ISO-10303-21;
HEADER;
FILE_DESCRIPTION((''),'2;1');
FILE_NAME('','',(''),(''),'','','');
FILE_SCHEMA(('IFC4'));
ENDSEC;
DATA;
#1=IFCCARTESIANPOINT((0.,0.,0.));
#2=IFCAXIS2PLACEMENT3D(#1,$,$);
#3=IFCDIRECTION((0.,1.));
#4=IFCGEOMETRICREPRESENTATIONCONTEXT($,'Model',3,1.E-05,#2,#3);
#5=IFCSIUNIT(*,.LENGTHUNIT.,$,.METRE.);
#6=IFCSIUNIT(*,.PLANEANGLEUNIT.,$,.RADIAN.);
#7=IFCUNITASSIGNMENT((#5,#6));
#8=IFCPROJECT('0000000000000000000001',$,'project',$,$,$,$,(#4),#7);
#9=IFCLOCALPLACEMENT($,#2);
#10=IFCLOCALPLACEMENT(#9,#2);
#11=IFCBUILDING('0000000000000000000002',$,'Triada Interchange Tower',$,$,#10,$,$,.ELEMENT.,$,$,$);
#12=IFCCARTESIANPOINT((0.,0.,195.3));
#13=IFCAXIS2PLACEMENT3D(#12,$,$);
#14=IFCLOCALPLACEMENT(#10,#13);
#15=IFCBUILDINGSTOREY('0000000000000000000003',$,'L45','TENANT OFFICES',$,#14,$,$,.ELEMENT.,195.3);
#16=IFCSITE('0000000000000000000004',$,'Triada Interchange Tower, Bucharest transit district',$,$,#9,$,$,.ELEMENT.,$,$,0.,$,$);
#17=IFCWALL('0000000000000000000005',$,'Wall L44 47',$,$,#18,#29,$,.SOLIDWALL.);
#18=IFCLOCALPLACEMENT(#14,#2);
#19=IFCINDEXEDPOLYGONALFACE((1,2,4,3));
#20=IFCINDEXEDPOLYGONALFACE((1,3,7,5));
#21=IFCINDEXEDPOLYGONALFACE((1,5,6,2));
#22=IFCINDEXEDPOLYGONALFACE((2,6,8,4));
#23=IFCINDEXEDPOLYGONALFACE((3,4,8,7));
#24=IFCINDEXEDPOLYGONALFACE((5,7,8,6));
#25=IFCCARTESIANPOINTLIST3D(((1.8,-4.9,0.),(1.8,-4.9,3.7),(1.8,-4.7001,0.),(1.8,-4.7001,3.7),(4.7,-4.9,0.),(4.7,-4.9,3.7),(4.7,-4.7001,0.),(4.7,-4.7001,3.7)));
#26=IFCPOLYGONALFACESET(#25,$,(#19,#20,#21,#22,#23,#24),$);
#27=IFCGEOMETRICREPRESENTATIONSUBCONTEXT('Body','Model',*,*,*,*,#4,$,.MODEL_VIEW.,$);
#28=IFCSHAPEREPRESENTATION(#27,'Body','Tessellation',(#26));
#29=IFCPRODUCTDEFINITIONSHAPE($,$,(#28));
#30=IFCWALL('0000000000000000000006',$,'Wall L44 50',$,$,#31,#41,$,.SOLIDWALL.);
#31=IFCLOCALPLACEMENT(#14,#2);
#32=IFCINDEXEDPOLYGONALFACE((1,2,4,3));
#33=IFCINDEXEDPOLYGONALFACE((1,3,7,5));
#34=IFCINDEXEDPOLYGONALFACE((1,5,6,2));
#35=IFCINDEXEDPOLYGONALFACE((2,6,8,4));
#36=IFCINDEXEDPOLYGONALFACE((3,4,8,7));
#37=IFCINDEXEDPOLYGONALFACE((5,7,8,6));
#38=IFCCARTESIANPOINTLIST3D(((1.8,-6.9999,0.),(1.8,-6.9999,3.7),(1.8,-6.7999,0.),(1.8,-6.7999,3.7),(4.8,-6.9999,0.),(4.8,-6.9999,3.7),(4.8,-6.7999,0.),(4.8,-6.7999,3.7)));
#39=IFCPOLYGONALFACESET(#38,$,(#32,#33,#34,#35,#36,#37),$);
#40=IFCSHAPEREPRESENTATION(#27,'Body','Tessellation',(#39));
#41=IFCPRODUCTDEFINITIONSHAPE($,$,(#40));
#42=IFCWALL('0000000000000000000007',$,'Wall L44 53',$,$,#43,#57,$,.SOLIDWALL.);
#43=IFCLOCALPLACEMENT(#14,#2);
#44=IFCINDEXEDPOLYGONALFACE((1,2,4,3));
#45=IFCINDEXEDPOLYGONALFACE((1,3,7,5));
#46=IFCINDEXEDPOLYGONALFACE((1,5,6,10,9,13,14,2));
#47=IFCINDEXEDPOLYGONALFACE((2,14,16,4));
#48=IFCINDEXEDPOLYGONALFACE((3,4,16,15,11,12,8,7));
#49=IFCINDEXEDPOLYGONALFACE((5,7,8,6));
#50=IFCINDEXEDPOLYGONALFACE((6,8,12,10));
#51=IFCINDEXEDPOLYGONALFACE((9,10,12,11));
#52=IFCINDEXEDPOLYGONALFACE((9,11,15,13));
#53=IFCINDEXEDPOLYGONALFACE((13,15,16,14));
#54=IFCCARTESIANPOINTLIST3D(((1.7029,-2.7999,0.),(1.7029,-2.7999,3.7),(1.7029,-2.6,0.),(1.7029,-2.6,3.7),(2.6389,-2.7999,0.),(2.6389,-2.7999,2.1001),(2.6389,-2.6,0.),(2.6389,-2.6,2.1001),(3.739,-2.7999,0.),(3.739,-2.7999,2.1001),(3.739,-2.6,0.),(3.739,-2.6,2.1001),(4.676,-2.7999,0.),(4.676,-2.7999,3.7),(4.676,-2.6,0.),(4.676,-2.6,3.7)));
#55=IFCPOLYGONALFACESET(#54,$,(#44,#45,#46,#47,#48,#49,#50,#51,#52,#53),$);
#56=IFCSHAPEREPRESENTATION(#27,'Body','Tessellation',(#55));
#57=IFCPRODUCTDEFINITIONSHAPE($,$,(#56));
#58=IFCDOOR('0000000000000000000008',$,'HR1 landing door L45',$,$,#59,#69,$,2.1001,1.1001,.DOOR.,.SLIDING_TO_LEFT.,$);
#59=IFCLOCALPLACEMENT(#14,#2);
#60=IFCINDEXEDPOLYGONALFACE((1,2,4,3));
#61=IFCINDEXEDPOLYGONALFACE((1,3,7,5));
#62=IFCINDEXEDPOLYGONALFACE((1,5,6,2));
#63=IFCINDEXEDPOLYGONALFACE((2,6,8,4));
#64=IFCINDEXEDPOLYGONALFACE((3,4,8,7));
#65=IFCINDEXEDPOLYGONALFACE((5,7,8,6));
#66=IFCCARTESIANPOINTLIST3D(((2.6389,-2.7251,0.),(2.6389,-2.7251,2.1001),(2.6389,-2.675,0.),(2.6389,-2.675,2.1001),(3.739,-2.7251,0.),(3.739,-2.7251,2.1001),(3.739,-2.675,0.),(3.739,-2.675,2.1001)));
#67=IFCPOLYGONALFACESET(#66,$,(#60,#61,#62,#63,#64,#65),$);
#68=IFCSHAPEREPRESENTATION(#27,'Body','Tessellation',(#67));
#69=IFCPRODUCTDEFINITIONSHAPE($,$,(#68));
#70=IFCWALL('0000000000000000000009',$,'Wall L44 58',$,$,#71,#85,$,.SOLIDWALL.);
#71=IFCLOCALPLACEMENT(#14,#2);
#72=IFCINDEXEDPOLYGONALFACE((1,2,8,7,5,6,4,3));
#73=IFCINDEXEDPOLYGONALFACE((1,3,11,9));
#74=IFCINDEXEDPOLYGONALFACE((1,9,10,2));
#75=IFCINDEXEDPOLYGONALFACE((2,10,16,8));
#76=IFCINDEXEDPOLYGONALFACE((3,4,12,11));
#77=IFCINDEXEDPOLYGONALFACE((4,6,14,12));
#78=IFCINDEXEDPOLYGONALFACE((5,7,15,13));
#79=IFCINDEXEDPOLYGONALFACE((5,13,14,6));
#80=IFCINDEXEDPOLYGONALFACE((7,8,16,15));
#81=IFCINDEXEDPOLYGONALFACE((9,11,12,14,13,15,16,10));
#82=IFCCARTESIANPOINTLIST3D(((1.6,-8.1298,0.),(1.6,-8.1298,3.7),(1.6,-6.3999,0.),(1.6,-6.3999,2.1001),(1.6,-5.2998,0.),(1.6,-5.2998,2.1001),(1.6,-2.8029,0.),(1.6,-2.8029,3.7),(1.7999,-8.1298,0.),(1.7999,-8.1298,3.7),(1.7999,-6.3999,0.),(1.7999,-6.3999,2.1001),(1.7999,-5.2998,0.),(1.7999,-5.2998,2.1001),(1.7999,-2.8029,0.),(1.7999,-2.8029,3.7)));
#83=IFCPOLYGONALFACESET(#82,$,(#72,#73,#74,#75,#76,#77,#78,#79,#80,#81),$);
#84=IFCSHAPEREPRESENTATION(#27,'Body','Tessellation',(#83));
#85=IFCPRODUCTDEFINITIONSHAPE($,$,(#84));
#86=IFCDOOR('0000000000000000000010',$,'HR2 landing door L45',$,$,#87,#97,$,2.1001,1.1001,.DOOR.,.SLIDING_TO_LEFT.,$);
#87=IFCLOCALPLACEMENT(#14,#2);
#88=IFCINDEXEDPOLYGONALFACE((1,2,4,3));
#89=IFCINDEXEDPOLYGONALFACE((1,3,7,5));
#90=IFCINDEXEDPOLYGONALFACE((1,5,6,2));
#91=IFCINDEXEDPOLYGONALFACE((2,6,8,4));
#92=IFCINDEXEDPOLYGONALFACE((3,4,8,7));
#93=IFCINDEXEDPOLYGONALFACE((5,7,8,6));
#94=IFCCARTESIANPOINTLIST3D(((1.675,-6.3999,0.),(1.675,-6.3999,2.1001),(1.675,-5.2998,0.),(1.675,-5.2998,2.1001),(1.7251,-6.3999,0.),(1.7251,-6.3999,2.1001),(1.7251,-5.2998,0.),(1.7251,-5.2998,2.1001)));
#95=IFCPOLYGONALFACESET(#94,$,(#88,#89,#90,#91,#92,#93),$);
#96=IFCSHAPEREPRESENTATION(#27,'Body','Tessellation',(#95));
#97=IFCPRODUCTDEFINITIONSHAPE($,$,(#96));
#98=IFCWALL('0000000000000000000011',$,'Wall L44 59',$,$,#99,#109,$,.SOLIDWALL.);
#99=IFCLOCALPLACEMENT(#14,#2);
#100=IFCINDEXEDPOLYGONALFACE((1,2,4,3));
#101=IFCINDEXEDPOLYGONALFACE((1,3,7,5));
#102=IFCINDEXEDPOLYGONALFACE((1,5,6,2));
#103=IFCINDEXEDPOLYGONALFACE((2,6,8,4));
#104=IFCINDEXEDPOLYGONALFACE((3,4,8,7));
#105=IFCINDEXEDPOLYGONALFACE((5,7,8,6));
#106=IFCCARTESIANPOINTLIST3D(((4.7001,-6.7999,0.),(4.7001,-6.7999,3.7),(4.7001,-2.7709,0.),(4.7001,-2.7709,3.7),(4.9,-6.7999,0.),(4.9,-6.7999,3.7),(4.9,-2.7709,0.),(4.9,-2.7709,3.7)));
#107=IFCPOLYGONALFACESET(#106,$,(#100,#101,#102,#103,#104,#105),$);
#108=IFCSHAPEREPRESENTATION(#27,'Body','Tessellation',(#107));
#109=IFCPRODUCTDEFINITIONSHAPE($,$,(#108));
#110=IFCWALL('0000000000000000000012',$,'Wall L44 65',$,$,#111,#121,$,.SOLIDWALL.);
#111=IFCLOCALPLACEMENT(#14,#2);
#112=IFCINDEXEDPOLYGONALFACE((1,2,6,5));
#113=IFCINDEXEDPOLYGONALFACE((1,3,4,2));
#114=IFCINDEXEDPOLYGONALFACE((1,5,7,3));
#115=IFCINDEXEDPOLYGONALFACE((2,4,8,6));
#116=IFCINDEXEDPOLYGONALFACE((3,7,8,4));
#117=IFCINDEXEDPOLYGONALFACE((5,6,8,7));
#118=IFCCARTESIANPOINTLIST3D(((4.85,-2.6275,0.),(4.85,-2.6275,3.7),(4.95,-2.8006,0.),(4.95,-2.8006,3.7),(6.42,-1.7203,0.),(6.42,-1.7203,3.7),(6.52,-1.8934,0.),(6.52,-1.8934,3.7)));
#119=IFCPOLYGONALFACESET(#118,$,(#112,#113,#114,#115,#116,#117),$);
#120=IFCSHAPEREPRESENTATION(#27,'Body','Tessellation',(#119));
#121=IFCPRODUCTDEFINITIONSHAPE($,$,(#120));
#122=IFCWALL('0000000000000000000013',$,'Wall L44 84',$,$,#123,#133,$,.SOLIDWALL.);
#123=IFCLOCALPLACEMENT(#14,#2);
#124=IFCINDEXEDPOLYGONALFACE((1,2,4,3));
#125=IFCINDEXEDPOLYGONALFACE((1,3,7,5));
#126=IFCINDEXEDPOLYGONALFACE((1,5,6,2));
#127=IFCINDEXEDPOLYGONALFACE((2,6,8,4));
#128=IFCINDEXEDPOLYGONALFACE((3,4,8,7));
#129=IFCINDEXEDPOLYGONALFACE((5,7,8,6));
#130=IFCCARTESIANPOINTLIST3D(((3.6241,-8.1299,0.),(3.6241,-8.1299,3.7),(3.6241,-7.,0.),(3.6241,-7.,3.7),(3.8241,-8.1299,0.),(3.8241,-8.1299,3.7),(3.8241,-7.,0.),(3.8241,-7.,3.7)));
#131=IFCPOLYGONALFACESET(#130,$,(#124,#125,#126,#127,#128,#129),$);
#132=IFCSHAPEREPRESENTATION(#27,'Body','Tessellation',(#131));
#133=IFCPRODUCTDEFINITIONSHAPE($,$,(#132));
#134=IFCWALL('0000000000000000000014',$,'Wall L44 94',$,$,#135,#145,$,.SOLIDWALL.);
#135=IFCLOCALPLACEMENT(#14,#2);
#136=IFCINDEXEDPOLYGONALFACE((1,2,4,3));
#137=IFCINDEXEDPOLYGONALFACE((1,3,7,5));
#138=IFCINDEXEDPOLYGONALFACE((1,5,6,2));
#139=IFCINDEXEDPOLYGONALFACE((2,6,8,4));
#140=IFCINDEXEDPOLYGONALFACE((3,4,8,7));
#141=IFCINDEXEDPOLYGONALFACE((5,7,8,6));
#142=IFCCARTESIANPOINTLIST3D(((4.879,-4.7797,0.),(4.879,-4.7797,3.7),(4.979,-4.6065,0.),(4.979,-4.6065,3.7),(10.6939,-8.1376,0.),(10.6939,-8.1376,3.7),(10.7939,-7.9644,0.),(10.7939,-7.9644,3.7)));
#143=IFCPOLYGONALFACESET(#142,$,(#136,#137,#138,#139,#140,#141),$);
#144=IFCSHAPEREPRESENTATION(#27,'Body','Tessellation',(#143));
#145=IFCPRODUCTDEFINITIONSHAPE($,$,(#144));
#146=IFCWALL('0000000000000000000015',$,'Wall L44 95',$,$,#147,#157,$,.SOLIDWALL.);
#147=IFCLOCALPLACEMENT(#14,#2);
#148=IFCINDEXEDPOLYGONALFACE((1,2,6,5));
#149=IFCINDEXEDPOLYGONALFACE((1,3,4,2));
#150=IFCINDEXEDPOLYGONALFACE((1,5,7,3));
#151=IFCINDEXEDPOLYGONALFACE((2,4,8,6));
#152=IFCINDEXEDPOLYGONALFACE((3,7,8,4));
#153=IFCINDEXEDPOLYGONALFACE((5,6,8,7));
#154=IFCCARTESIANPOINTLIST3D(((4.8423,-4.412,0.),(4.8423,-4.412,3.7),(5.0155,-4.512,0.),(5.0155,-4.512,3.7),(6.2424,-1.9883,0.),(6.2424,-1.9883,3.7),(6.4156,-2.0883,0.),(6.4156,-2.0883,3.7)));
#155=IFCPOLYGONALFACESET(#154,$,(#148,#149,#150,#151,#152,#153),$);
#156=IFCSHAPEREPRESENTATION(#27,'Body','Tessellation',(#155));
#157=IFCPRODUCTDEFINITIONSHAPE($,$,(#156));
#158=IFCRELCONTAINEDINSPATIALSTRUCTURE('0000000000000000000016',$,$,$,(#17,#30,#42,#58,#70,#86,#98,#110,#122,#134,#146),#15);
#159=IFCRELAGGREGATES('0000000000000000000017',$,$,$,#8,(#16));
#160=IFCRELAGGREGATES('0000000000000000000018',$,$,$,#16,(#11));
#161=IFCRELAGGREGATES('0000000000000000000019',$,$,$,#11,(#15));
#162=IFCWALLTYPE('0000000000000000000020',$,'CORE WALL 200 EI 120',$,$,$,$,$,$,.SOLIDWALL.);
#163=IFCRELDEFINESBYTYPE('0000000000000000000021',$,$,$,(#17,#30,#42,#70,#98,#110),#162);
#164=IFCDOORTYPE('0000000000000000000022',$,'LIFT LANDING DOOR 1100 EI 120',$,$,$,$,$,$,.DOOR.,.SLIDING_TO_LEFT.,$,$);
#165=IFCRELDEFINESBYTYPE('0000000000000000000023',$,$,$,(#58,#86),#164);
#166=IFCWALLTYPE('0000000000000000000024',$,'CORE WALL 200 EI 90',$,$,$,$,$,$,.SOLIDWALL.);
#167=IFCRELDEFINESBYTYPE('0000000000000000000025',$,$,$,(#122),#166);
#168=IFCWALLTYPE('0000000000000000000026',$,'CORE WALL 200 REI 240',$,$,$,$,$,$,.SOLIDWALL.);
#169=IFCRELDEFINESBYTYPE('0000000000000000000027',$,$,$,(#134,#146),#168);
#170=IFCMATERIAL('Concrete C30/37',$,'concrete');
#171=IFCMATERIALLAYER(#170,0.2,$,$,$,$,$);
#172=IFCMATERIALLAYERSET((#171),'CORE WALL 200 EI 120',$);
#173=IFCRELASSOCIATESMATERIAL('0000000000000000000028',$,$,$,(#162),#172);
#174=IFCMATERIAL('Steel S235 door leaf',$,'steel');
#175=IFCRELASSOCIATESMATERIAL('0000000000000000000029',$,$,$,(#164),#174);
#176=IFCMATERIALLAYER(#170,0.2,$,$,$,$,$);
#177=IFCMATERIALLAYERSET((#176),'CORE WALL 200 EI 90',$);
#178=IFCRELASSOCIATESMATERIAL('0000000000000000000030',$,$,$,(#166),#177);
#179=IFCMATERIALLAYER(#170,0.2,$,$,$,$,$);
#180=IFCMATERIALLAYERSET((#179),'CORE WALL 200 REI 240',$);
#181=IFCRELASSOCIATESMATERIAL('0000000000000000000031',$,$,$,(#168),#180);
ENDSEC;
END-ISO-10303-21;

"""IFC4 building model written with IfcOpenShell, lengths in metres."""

from ifc_helpers import new_model, si_unit, direction, frame, frame_2d, origin, place, context, subcontext, project, spatial, rectangle, extrude, material, layer, layer_set, type_object, element, fill, save


model = new_model("IFC4")

# Units and contexts
model_context = context("Model", 3, precision=1e-05, world=origin(), true_north=direction((0.0, 1.0)))
body_context = subcontext(model_context, "Body", "Model", "MODEL_VIEW")
ifc_project = project(units=[si_unit("LENGTHUNIT", "METRE"), si_unit("PLANEANGLEUNIT", "RADIAN")], contexts=[model_context])

# Site, building, storey
site_placement = place(None, origin())
site = spatial("IfcSite", under=ifc_project, at=site_placement, Name="Triada Interchange Tower, Bucharest transit district", CompositionType="ELEMENT", RefElevation=0.0)
building_placement = place(site_placement, origin())
building = spatial("IfcBuilding", under=site, at=building_placement, Name="Triada Interchange Tower", CompositionType="ELEMENT")
storey_placement = place(building_placement, frame((0.0, 0.0, 195.3)))
storey = spatial("IfcBuildingStorey", under=building, at=storey_placement, Name="L45", Description="TENANT OFFICES", CompositionType="ELEMENT", Elevation=195.3)

# Walls
ifc_material_1 = material(Name="Concrete C30/37", Category="concrete")
ifc_layer_1 = layer(ifc_material_1, 0.2)
ifc_layer_set_1 = layer_set([ifc_layer_1], Name="CORE WALL 200 EI 120")
wall_type_1 = type_object("IfcWallType", Name="CORE WALL 200 EI 120", PredefinedType="SOLIDWALL", material=ifc_layer_set_1)
wall_1_placement = place(storey_placement, frame((1.8, -4.8, 0.0), z_axis=(0.0, 0.0, 1.0), x_axis=(1.0, 0.0, 0.0)))
element("IfcWall", 1, at=wall_1_placement, inside=storey, type_object=wall_type_1, Name="Wall L44 47", PredefinedType="SOLIDWALL", context=body_context, shape_type="SweptSolid", body=[
    extrude(rectangle(XDim=2.8999, YDim=0.2, at=frame_2d((1.45, 0.0))), origin(), (0.0, 0.0, 1.0), 3.7),
])
wall_2_placement = place(storey_placement, frame((1.8, -6.8999, 0.0), z_axis=(0.0, 0.0, 1.0), x_axis=(1.0, 0.0, 0.0)))
element("IfcWall", 2, at=wall_2_placement, inside=storey, type_object=wall_type_1, Name="Wall L44 50", PredefinedType="SOLIDWALL", context=body_context, shape_type="SweptSolid", body=[
    extrude(rectangle(XDim=3.0, YDim=0.2, at=frame_2d((1.5, 0.0))), origin(), (0.0, 0.0, 1.0), 3.7),
])

# Walls, openings, doors
wall_3_placement = place(storey_placement, frame((1.7029, -2.7, 0.0), z_axis=(0.0, 0.0, 1.0), x_axis=(1.0, 0.0, 0.0)))
wall_3 = element("IfcWall", 3, at=wall_3_placement, inside=storey, type_object=wall_type_1, Name="Wall L44 53", PredefinedType="SOLIDWALL", context=body_context, shape_type="SweptSolid", body=[
    extrude(rectangle(XDim=2.9731, YDim=0.2, at=frame_2d((1.4866, 0.0))), origin(), (0.0, 0.0, 1.0), 3.7),
])
opening_1_placement = place(wall_3_placement, frame((0.936, 0.0, 0.0)))
opening_1 = element("IfcOpeningElement", 4, at=opening_1_placement, cuts=wall_3, PredefinedType="OPENING", context=body_context, shape_type="SweptSolid", body=[
    extrude(rectangle(XDim=1.1001, YDim=2.1001, at=frame_2d((0.55, 1.05))), frame((0.0, 0.1099, 0.0), z_axis=(0.0, -1.0, 0.0), x_axis=(1.0, 0.0, 0.0)), (0.0, 0.0, 1.0), 0.22),
])
ifc_material_2 = material(Name="Steel S235 door leaf", Category="steel")
door_type_1 = type_object("IfcDoorType", Name="LIFT LANDING DOOR 1100 EI 120", OperationType="SLIDING_TO_LEFT", PredefinedType="DOOR", material=ifc_material_2)
door_1_placement = place(opening_1_placement, origin())
door_1 = element("IfcDoor", 5, at=door_1_placement, inside=storey, type_object=door_type_1, Name="HR1 landing door L45", OperationType="SLIDING_TO_LEFT", OverallHeight=2.1001, OverallWidth=1.1001, PredefinedType="DOOR", context=body_context, shape_type="SweptSolid", body=[
    extrude(rectangle(XDim=1.1001, YDim=2.1001, at=frame_2d((0.55, 1.05))), frame((0.0, 0.0249, 0.0), z_axis=(0.0, -1.0, 0.0), x_axis=(1.0, 0.0, 0.0)), (0.0, 0.0, 1.0), 0.05),
])
fill(opening_1, door_1)
wall_4_placement = place(storey_placement, frame((1.7, -8.1299, 0.0), z_axis=(0.0, 0.0, 1.0), x_axis=(0.0, 1.0, 0.0)))
wall_4 = element("IfcWall", 6, at=wall_4_placement, inside=storey, type_object=wall_type_1, Name="Wall L44 58", PredefinedType="SOLIDWALL", context=body_context, shape_type="SweptSolid", body=[
    extrude(rectangle(XDim=5.3269, YDim=0.2, at=frame_2d((2.6636, 0.0))), origin(), (0.0, 0.0, 1.0), 3.7),
])
opening_2_placement = place(wall_4_placement, frame((1.73, 0.0, 0.0)))
opening_2 = element("IfcOpeningElement", 7, at=opening_2_placement, cuts=wall_4, PredefinedType="OPENING", context=body_context, shape_type="SweptSolid", body=[
    extrude(rectangle(XDim=1.1001, YDim=2.1001, at=frame_2d((0.55, 1.05))), frame((0.0, 0.1099, 0.0), z_axis=(0.0, -1.0, 0.0), x_axis=(1.0, 0.0, 0.0)), (0.0, 0.0, 1.0), 0.22),
])
door_2_placement = place(opening_2_placement, origin())
door_2 = element("IfcDoor", 8, at=door_2_placement, inside=storey, type_object=door_type_1, Name="HR2 landing door L45", OperationType="SLIDING_TO_LEFT", OverallHeight=2.1001, OverallWidth=1.1001, PredefinedType="DOOR", context=body_context, shape_type="SweptSolid", body=[
    extrude(rectangle(XDim=1.1001, YDim=2.1001, at=frame_2d((0.55, 1.05))), frame((0.0, 0.0249, 0.0), z_axis=(0.0, -1.0, 0.0), x_axis=(1.0, 0.0, 0.0)), (0.0, 0.0, 1.0), 0.05),
])
fill(opening_2, door_2)

# Walls
wall_5_placement = place(storey_placement, frame((4.8, -6.8, 0.0), z_axis=(0.0, 0.0, 1.0), x_axis=(0.0, 1.0, 0.0)))
element("IfcWall", 9, at=wall_5_placement, inside=storey, type_object=wall_type_1, Name="Wall L44 59", PredefinedType="SOLIDWALL", context=body_context, shape_type="SweptSolid", body=[
    extrude(rectangle(XDim=4.0291, YDim=0.2, at=frame_2d((2.0146, 0.0))), origin(), (0.0, 0.0, 1.0), 3.7),
])
wall_6_placement = place(storey_placement, frame((4.8999, -2.7141, 0.0), z_axis=(0.0, 0.0, 1.0), x_axis=(0.865847, 0.500309, 0.0)))
element("IfcWall", 10, at=wall_6_placement, inside=storey, type_object=wall_type_1, Name="Wall L44 65", PredefinedType="SOLIDWALL", context=body_context, shape_type="SweptSolid", body=[
    extrude(rectangle(XDim=1.8132, YDim=0.2, at=frame_2d((0.9067, 0.0))), origin(), (0.0, 0.0, 1.0), 3.7),
])
ifc_layer_2 = layer(ifc_material_1, 0.2)
ifc_layer_set_2 = layer_set([ifc_layer_2], Name="CORE WALL 200 EI 90")
wall_type_2 = type_object("IfcWallType", Name="CORE WALL 200 EI 90", PredefinedType="SOLIDWALL", material=ifc_layer_set_2)
wall_7_placement = place(storey_placement, frame((3.7241, -8.1299, 0.0), z_axis=(0.0, 0.0, 1.0), x_axis=(0.0, 1.0, 0.0)))
element("IfcWall", 11, at=wall_7_placement, inside=storey, type_object=wall_type_2, Name="Wall L44 84", PredefinedType="SOLIDWALL", context=body_context, shape_type="SweptSolid", body=[
    extrude(rectangle(XDim=1.1299, YDim=0.2, at=frame_2d((0.5649, 0.0))), origin(), (0.0, 0.0, 1.0), 3.7),
])
ifc_layer_3 = layer(ifc_material_1, 0.2)
ifc_layer_set_3 = layer_set([ifc_layer_3], Name="CORE WALL 200 REI 240")
wall_type_3 = type_object("IfcWallType", Name="CORE WALL 200 REI 240", PredefinedType="SOLIDWALL", material=ifc_layer_set_3)
wall_8_placement = place(storey_placement, frame((4.929, -4.6931, 0.0), z_axis=(0.0, 0.0, 1.0), x_axis=(0.865983, -0.500073, 0.0)))
element("IfcWall", 12, at=wall_8_placement, inside=storey, type_object=wall_type_3, Name="Wall L44 94", PredefinedType="SOLIDWALL", context=body_context, shape_type="SweptSolid", body=[
    extrude(rectangle(XDim=6.7148, YDim=0.2, at=frame_2d((3.3574, 0.0))), origin(), (0.0, 0.0, 1.0), 3.7),
])
wall_9_placement = place(storey_placement, frame((4.929, -4.4619, 0.0), z_axis=(0.0, 0.0, 1.0), x_axis=(0.500201, 0.86591, 0.0)))
element("IfcWall", 13, at=wall_9_placement, inside=storey, type_object=wall_type_3, Name="Wall L44 95", PredefinedType="SOLIDWALL", context=body_context, shape_type="SweptSolid", body=[
    extrude(rectangle(XDim=2.7991, YDim=0.2, at=frame_2d((1.3994, 0.0))), origin(), (0.0, 0.0, 1.0), 3.7),
])

save(model, "model.ifc")
